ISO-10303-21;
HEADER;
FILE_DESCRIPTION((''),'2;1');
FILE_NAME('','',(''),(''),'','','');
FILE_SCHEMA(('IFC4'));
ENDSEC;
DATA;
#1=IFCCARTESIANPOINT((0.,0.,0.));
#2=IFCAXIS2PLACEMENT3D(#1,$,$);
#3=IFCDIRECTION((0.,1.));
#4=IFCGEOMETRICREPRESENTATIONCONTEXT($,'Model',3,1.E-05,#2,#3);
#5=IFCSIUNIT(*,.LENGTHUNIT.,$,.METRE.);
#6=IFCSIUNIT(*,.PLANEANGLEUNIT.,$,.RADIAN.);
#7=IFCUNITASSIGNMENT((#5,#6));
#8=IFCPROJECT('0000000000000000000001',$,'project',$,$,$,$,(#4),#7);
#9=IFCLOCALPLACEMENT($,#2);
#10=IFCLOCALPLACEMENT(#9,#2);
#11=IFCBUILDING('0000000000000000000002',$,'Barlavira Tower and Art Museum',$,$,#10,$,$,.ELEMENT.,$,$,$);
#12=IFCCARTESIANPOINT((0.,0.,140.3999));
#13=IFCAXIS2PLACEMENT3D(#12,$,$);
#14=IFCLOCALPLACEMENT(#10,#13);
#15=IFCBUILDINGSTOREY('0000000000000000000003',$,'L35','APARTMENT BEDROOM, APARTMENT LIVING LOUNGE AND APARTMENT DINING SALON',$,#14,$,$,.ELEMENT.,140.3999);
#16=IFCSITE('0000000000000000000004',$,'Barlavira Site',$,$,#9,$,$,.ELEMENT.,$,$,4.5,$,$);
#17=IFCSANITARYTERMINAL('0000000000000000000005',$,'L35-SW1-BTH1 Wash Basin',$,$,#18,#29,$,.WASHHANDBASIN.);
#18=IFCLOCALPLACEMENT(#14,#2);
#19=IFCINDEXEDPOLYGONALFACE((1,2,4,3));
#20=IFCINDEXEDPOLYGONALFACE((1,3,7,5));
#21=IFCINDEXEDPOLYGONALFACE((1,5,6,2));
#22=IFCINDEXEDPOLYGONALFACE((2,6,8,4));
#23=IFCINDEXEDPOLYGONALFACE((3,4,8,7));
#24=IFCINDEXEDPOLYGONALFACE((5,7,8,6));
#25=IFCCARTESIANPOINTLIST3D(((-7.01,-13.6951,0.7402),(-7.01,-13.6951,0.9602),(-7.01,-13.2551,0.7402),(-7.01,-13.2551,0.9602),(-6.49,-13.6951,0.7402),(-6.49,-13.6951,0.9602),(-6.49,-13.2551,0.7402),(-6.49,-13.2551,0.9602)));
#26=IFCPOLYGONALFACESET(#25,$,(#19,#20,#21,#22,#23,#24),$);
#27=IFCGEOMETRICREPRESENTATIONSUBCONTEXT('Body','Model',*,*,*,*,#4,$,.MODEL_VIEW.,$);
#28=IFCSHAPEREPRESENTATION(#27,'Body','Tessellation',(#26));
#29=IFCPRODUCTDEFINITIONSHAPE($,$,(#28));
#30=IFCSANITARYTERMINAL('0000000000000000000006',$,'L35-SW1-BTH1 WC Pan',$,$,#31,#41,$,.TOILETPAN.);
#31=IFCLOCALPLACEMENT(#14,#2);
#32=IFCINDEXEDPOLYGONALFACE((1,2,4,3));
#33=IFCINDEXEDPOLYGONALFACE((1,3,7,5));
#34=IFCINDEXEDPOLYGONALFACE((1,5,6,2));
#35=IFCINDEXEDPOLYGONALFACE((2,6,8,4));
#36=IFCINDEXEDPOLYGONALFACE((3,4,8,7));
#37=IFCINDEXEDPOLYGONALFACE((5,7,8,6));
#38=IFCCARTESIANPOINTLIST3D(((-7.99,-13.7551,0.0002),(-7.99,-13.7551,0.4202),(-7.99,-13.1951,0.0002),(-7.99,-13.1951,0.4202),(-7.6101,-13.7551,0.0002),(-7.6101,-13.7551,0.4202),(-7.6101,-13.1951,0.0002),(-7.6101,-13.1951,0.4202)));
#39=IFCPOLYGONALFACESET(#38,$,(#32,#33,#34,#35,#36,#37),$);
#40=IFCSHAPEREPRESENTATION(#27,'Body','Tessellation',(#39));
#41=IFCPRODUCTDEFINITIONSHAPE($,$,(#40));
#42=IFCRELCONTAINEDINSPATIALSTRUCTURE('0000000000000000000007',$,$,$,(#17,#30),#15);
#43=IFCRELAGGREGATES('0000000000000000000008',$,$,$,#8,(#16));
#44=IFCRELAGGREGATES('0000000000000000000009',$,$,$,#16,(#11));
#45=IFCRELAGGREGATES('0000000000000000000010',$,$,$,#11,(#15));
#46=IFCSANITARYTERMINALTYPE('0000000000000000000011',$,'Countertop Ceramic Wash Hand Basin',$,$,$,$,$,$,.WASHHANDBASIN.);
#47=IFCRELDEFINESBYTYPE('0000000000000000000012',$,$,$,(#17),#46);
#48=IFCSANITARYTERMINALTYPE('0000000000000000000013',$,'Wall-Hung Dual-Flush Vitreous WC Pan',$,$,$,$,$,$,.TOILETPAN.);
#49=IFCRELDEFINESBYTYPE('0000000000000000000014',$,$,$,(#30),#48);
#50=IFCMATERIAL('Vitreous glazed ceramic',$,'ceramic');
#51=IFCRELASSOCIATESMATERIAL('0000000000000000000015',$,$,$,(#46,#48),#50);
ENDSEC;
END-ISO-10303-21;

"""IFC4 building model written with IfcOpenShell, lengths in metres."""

from ifc_helpers import new_model, si_unit, direction, frame, origin, origin_2d, place, context, subcontext, project, spatial, rectangle, extrude, material, type_object, element, save


model = new_model("IFC4")

# Units and contexts
model_context = context("Model", 3, precision=1e-05, world=origin(), true_north=direction((0.0, 1.0)))
body_context = subcontext(model_context, "Body", "Model", "MODEL_VIEW")
ifc_project = project(units=[si_unit("LENGTHUNIT", "METRE"), si_unit("PLANEANGLEUNIT", "RADIAN")], contexts=[model_context])

# Site, building, storey
site_placement = place(None, origin())
site = spatial("IfcSite", under=ifc_project, at=site_placement, Name="Barlavira Site", CompositionType="ELEMENT", RefElevation=4.5)
building_placement = place(site_placement, origin())
building = spatial("IfcBuilding", under=site, at=building_placement, Name="Barlavira Tower and Art Museum", CompositionType="ELEMENT")
storey_placement = place(building_placement, frame((0.0, 0.0, 140.3999)))
storey = spatial("IfcBuildingStorey", under=building, at=storey_placement, Name="L35", Description="APARTMENT BEDROOM, APARTMENT LIVING LOUNGE AND APARTMENT DINING SALON", CompositionType="ELEMENT", Elevation=140.3999)

# Sanitary terminals
ifc_material_1 = material(Name="Vitreous glazed ceramic", Category="ceramic")
sanitary_terminal_type_1 = type_object("IfcSanitaryTerminalType", Name="Countertop Ceramic Wash Hand Basin", PredefinedType="WASHHANDBASIN", material=ifc_material_1)
sanitary_terminal_1_placement = place(storey_placement, frame((-6.75, -13.4751, 0.7402), z_axis=(0.0, 0.0, 1.0), x_axis=(1.0, 0.0, 0.0)))
element("IfcSanitaryTerminal", 1, at=sanitary_terminal_1_placement, inside=storey, type_object=sanitary_terminal_type_1, Name="L35-SW1-BTH1 Wash Basin", PredefinedType="WASHHANDBASIN", context=body_context, shape_type="SweptSolid", body=[
    extrude(rectangle(XDim=0.52, YDim=0.4399, at=origin_2d()), origin(), (0.0, 0.0, 1.0), 0.22),
])
sanitary_terminal_type_2 = type_object("IfcSanitaryTerminalType", Name="Wall-Hung Dual-Flush Vitreous WC Pan", PredefinedType="TOILETPAN", material=ifc_material_1)
sanitary_terminal_2_placement = place(storey_placement, frame((-7.8, -13.4751, 0.0002), z_axis=(0.0, 0.0, 1.0), x_axis=(1.0, 0.0, 0.0)))
element("IfcSanitaryTerminal", 2, at=sanitary_terminal_2_placement, inside=storey, type_object=sanitary_terminal_type_2, Name="L35-SW1-BTH1 WC Pan", PredefinedType="TOILETPAN", context=body_context, shape_type="SweptSolid", body=[
    extrude(rectangle(XDim=0.3799, YDim=0.5601, at=origin_2d()), origin(), (0.0, 0.0, 1.0), 0.4199),
])

save(model, "model.ifc")
